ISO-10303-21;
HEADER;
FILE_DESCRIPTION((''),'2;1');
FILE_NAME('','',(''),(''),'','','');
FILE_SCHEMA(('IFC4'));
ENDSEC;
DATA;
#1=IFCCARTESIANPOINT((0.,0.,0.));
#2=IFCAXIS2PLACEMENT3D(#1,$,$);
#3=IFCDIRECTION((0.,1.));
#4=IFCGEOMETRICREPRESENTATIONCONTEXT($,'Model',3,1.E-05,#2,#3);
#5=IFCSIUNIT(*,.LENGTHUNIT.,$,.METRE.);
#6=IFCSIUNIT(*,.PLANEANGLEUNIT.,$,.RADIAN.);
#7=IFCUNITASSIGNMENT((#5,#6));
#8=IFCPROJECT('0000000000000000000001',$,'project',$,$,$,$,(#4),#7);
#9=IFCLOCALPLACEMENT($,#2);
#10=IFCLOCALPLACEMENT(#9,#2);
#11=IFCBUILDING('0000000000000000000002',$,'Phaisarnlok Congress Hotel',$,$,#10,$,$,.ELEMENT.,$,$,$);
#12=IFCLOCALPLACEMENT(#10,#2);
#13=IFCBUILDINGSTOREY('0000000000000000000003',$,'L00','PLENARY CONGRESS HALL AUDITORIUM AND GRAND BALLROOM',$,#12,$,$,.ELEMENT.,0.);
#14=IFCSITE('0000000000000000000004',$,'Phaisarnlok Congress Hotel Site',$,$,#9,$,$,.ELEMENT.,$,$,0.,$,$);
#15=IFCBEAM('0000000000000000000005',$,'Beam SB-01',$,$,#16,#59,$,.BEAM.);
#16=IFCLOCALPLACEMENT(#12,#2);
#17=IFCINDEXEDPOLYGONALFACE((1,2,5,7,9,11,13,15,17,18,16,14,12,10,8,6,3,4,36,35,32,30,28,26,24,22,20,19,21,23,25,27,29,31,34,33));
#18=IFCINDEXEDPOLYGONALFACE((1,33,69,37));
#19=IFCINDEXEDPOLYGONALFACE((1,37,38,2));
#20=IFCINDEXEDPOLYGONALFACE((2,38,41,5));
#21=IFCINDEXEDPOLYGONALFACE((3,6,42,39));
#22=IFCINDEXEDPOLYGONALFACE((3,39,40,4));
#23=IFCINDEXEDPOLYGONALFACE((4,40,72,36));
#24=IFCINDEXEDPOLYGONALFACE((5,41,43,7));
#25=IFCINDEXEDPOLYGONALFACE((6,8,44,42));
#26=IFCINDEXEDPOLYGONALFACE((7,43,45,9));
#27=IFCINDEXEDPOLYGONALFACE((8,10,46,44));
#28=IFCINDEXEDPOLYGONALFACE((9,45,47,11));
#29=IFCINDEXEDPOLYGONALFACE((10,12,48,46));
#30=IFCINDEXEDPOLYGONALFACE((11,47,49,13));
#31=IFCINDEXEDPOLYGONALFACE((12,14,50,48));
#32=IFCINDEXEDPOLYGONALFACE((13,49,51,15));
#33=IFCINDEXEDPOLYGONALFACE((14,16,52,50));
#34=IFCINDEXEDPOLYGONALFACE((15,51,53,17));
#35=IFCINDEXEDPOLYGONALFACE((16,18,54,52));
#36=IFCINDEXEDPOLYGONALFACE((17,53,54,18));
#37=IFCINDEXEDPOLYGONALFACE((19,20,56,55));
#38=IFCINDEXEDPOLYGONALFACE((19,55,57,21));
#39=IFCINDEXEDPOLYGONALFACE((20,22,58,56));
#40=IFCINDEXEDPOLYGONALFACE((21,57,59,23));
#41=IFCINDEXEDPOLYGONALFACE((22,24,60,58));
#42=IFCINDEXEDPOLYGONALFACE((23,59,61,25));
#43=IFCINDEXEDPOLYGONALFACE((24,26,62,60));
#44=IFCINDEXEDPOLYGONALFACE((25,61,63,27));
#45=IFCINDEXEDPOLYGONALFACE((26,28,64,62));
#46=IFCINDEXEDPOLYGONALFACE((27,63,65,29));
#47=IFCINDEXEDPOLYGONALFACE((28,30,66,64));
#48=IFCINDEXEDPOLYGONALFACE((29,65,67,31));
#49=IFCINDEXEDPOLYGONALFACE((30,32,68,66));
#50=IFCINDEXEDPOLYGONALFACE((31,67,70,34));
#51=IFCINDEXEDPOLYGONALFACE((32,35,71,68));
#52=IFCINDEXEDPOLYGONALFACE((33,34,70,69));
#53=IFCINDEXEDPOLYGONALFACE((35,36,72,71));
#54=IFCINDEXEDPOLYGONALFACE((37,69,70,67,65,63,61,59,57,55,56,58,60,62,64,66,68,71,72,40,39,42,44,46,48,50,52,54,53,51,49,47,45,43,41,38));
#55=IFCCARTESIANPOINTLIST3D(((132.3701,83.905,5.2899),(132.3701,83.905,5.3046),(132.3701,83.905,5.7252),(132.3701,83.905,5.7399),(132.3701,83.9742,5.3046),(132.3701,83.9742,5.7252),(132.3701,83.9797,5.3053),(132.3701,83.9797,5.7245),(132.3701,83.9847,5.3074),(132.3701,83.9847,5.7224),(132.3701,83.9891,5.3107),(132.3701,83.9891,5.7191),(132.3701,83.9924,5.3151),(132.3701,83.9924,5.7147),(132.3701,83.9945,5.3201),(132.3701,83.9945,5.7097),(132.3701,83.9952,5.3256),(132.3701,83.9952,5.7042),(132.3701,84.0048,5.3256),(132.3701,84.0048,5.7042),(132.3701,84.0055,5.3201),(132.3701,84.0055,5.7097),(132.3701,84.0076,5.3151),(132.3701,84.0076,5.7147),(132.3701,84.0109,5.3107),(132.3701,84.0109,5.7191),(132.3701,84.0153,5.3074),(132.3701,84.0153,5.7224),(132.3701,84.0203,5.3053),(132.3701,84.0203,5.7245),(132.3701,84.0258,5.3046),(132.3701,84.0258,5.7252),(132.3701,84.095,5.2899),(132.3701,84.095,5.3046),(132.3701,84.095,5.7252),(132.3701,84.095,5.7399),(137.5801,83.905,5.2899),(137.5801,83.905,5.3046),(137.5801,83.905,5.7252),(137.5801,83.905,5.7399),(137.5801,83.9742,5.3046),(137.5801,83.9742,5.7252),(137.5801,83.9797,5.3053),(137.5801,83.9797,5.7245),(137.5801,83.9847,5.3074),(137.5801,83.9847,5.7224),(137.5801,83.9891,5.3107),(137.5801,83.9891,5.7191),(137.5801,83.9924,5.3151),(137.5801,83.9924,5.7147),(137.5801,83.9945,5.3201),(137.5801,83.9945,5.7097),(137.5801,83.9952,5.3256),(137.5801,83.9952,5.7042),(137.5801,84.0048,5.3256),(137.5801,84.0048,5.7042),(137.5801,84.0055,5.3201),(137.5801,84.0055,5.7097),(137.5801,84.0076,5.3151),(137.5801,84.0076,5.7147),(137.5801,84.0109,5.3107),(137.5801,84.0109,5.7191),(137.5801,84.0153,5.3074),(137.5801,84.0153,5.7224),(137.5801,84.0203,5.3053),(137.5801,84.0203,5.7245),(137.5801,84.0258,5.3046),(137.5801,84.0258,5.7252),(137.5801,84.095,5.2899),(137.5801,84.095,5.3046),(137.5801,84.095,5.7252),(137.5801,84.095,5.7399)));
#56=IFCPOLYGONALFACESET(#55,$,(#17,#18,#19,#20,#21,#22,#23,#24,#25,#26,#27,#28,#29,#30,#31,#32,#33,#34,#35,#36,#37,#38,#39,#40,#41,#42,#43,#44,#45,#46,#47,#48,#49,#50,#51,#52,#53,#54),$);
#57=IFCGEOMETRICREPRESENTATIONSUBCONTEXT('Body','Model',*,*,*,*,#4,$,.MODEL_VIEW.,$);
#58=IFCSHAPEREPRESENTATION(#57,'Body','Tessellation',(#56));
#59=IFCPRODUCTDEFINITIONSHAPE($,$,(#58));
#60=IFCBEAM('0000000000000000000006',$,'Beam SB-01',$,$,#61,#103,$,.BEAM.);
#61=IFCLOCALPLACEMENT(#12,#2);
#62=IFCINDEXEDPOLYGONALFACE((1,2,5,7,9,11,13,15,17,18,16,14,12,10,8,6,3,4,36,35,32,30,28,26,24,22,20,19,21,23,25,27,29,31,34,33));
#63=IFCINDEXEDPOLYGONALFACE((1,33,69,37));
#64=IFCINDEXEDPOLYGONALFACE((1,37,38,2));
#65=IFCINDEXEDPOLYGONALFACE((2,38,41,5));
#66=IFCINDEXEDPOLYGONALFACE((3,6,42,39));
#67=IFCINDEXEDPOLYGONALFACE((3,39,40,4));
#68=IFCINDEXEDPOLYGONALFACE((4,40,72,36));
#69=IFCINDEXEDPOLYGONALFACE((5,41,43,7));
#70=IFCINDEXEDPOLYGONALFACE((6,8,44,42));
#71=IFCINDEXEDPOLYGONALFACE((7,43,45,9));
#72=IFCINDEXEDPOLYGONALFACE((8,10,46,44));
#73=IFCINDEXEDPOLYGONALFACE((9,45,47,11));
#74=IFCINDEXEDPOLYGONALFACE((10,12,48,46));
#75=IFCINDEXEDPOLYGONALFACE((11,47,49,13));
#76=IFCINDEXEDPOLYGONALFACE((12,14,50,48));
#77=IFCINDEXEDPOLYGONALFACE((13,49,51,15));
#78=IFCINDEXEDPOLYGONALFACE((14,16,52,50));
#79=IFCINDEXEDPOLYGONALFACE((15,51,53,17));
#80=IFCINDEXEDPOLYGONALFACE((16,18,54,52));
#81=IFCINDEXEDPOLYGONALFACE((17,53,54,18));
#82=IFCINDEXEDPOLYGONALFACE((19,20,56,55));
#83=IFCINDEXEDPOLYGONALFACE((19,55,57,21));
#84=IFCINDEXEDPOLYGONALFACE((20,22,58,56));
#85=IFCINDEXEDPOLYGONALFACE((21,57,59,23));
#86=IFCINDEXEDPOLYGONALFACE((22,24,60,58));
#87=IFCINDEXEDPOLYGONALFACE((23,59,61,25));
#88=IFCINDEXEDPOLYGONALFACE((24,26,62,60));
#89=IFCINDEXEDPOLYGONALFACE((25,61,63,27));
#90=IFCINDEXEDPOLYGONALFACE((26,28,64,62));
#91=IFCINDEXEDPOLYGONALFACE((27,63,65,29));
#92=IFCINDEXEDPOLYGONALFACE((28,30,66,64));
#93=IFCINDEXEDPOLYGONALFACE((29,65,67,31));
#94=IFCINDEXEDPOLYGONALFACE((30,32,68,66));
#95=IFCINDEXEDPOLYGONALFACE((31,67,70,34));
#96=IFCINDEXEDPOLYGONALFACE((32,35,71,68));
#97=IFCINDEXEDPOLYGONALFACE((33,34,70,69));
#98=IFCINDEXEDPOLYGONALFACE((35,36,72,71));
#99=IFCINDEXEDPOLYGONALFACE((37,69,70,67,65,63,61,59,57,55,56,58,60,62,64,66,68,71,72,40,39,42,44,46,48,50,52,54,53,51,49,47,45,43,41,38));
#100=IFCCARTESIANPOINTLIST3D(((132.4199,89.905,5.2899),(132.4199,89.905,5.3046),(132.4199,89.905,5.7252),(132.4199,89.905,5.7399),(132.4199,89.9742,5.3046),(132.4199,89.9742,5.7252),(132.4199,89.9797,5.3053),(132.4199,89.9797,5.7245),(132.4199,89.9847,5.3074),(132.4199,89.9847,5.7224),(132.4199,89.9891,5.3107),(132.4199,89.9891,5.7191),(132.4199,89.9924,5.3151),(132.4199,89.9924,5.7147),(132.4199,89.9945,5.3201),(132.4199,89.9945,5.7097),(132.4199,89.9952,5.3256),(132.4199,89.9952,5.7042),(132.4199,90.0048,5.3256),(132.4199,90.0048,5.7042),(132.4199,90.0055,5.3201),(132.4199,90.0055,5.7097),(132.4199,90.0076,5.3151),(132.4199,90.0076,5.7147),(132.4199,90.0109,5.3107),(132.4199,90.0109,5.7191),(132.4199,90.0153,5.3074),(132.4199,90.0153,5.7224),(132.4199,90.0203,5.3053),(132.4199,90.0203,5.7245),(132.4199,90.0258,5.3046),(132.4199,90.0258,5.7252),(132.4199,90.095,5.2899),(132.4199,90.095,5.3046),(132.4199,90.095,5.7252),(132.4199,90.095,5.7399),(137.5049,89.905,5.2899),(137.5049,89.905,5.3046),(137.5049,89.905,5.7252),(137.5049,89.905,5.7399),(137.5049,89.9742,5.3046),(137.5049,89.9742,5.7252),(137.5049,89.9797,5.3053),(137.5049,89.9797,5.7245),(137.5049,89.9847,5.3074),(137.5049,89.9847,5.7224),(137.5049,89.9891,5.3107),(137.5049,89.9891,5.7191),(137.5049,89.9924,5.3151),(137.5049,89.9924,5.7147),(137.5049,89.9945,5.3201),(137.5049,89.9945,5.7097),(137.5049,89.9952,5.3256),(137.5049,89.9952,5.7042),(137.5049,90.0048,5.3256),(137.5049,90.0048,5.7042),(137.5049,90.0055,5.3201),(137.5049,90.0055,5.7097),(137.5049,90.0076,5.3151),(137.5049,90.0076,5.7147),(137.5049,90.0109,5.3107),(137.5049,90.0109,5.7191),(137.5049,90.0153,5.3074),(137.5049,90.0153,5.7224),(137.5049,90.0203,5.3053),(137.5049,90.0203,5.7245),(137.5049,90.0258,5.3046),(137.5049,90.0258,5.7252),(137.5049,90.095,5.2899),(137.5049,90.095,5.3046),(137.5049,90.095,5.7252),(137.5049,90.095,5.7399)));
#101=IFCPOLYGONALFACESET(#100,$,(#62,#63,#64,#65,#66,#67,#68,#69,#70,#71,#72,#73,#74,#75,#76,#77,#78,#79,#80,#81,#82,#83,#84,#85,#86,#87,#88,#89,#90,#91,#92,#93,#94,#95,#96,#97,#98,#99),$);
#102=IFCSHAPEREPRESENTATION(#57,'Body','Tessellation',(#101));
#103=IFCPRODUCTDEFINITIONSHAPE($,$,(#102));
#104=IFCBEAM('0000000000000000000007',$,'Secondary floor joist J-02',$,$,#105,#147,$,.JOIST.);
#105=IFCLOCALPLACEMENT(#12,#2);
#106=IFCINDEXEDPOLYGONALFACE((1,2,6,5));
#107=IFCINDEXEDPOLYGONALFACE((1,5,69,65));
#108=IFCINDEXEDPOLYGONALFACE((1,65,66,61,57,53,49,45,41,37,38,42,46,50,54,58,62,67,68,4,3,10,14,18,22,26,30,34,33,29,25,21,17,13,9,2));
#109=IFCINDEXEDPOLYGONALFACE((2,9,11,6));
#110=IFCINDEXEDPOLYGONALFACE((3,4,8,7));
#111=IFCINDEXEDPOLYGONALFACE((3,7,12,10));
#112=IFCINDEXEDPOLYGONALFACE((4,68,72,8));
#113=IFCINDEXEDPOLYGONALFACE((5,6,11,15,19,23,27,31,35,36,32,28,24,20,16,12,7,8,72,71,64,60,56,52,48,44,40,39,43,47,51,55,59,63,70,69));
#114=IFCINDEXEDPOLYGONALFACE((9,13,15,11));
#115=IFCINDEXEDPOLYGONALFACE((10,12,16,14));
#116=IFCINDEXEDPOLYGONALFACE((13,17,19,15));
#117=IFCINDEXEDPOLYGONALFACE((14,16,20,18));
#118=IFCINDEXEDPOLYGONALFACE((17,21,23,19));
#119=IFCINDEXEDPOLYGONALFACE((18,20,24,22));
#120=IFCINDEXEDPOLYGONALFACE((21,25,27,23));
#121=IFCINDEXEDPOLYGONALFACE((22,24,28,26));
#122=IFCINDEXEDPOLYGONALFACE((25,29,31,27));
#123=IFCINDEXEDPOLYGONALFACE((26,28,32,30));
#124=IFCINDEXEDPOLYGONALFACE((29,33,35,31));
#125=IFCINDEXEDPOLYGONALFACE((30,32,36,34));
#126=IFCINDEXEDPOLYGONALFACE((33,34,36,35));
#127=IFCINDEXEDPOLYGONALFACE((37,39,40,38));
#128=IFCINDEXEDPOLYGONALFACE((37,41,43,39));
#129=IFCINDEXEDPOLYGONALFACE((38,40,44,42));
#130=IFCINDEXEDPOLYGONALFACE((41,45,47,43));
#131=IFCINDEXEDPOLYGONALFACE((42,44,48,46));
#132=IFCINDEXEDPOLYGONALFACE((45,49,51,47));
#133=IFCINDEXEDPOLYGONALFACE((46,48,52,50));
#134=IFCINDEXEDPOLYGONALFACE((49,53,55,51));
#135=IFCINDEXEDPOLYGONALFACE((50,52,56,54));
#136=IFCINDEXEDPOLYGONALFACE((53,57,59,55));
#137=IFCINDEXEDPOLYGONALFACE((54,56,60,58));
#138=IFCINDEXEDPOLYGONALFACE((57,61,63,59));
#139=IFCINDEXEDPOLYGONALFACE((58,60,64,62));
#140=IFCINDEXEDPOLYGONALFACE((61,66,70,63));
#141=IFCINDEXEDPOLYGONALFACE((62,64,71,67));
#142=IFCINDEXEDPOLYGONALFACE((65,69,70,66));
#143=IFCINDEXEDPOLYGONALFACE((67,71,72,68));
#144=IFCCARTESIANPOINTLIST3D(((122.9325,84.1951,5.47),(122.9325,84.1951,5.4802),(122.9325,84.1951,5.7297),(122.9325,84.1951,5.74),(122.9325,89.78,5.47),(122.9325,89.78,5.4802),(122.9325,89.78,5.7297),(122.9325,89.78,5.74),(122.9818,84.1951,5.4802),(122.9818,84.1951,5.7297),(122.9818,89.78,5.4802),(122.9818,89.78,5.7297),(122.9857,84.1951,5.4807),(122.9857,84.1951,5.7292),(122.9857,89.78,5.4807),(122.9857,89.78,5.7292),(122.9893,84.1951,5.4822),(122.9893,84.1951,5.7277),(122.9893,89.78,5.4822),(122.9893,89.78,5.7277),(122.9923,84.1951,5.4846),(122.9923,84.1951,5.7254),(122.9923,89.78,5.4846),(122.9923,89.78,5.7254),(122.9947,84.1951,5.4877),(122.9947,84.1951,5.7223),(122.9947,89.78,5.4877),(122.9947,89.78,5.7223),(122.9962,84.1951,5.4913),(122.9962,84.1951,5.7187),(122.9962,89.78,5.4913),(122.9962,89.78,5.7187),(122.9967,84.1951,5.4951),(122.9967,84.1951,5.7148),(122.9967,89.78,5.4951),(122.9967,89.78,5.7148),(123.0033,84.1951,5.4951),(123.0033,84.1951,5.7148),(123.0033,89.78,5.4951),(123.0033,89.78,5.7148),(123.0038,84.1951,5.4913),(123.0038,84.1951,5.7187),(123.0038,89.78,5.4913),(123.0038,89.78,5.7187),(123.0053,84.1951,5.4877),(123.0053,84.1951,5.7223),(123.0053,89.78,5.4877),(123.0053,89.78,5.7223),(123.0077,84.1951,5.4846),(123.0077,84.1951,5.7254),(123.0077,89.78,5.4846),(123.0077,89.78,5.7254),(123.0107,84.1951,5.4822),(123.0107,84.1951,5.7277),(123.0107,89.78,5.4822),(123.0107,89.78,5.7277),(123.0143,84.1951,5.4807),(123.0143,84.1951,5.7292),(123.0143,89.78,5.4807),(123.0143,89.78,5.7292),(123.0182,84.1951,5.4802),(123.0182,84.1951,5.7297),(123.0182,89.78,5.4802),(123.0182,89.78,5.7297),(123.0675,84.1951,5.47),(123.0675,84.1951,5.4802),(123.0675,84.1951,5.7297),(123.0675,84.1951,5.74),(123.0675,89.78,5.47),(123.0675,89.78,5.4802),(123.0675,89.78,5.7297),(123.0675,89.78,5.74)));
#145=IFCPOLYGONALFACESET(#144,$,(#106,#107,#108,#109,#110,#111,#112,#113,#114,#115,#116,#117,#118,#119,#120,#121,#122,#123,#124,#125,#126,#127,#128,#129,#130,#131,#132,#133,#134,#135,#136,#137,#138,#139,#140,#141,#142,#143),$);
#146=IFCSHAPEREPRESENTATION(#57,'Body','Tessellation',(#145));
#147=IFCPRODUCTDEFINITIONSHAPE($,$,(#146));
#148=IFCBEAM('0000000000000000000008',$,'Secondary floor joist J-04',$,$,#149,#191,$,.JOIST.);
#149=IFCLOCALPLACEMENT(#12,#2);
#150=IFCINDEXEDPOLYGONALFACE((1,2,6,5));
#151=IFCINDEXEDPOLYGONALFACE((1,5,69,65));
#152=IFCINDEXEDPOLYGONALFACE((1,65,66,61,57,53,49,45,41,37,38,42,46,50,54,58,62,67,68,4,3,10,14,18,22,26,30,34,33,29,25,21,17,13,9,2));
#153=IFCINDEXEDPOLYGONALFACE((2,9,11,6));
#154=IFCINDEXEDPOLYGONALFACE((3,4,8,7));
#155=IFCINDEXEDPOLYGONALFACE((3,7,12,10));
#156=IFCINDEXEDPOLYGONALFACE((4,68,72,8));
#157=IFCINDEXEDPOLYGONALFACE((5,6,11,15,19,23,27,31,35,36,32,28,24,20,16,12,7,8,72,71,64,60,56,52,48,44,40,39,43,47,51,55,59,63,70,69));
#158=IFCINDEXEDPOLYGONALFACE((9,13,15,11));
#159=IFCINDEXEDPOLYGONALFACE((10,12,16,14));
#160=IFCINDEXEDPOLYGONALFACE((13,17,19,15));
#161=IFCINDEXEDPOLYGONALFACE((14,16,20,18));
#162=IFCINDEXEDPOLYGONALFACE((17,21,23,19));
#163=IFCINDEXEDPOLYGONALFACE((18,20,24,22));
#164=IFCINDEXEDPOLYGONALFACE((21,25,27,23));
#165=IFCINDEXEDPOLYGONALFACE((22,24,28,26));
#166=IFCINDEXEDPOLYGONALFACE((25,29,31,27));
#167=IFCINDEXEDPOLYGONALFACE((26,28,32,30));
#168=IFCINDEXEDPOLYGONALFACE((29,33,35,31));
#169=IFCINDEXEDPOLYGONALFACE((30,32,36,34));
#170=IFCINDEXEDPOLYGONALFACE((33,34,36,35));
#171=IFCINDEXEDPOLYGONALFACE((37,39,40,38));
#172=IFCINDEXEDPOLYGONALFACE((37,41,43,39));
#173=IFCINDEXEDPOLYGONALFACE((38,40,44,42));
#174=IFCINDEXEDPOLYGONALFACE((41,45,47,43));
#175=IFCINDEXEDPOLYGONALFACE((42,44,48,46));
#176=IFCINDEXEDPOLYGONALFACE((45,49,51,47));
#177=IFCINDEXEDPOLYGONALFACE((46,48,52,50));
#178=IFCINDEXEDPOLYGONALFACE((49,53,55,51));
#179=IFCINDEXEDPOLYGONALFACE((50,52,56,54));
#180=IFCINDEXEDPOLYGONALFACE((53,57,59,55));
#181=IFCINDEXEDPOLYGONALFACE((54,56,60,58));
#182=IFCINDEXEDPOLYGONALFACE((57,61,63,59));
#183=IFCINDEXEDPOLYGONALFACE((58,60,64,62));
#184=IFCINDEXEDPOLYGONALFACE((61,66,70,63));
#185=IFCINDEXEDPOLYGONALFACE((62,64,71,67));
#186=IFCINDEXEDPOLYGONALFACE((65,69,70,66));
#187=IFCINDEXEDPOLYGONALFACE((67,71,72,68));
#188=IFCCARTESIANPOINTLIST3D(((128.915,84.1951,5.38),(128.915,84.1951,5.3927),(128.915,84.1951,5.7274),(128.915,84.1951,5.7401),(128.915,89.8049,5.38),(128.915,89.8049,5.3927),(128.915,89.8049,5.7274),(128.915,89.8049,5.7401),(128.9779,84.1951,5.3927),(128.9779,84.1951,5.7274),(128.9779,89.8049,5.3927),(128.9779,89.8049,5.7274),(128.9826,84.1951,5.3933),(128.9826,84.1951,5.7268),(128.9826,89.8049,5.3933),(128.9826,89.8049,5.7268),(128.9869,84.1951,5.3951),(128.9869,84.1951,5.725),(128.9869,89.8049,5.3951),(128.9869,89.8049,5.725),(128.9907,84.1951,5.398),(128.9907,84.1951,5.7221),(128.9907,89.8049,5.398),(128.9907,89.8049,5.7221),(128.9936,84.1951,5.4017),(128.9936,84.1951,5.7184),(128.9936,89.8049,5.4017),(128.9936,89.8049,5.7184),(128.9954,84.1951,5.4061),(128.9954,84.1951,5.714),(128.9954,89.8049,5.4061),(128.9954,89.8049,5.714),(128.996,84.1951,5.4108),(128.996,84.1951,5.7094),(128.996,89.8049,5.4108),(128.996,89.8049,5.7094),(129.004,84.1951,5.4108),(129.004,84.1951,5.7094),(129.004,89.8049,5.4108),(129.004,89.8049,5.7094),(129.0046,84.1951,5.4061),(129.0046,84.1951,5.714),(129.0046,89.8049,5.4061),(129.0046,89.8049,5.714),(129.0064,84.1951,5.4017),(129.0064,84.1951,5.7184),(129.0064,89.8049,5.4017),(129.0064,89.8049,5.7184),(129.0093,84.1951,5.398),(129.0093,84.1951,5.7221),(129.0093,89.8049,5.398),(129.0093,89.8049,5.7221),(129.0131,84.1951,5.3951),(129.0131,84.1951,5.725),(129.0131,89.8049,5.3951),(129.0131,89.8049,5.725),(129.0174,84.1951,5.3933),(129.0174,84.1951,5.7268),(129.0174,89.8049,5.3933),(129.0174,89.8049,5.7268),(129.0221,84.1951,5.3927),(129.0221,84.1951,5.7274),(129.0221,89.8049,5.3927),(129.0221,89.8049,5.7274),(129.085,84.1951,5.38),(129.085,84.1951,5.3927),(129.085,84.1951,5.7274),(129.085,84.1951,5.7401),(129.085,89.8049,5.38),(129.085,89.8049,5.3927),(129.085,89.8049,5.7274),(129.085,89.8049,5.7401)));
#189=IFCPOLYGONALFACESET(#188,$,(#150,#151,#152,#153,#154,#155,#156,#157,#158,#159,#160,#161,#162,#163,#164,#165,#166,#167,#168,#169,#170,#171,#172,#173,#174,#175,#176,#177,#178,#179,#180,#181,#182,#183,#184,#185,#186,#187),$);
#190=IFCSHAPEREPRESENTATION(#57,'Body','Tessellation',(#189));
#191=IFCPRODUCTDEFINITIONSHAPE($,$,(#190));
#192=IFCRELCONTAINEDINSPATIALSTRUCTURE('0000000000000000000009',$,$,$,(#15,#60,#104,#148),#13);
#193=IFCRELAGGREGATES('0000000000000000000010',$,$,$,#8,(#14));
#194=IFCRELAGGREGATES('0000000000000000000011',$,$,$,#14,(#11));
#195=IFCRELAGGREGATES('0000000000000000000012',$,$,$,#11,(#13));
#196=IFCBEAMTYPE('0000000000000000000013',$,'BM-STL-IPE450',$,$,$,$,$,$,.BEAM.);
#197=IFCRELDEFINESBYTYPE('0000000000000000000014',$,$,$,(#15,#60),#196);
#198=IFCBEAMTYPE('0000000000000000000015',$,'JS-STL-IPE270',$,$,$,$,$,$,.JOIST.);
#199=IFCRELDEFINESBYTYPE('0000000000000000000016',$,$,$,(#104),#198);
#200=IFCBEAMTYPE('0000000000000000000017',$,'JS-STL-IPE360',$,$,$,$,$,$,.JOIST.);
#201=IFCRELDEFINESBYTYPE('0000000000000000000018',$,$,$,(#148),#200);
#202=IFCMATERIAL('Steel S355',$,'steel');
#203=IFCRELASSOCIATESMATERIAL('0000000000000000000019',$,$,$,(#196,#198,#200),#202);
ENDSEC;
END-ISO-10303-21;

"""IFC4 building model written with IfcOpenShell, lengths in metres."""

from ifc_helpers import new_model, si_unit, direction, frame, origin, origin_2d, place, context, subcontext, project, spatial, i_section, extrude, material, material_profile, profile_set, type_object, element, save


model = new_model("IFC4")

# Units and contexts
model_context = context("Model", 3, precision=1e-05, world=origin(), true_north=direction((0.0, 1.0)))
body_context = subcontext(model_context, "Body", "Model", "MODEL_VIEW")
ifc_project = project(units=[si_unit("LENGTHUNIT", "METRE"), si_unit("PLANEANGLEUNIT", "RADIAN")], contexts=[model_context])

# Site, building, storey
site_placement = place(None, origin())
site = spatial("IfcSite", under=ifc_project, at=site_placement, Name="Phaisarnlok Congress Hotel Site", CompositionType="ELEMENT", RefElevation=0.0)
building_placement = place(site_placement, origin())
building = spatial("IfcBuilding", under=site, at=building_placement, Name="Phaisarnlok Congress Hotel", CompositionType="ELEMENT")
storey_placement = place(building_placement, origin())
storey = spatial("IfcBuildingStorey", under=building, at=storey_placement, Name="L00", Description="PLENARY CONGRESS HALL AUDITORIUM AND GRAND BALLROOM", CompositionType="ELEMENT", Elevation=0.0)

# Shared definitions
ifc_material_1 = material(Name="Steel S355", Category="steel")

# Beams
ifc_material_profile_1 = material_profile(ifc_material_1, i_section(OverallWidth=0.1899, OverallDepth=0.45, WebThickness=0.0095, FlangeThickness=0.0146, FilletRadius=0.021, at=origin_2d()), Name="IPE 450")
ifc_profile_set_1 = profile_set([ifc_material_profile_1], Name="Steel S355")
beam_type_1 = type_object("IfcBeamType", Name="BM-STL-IPE450", PredefinedType="BEAM", material=ifc_profile_set_1)
beam_1_placement = place(storey_placement, frame((132.3701, 84.0, 5.5149), z_axis=(1.0, 0.0, 0.0), x_axis=(0.0, 1.0, 0.0)))
element("IfcBeam", 1, at=beam_1_placement, inside=storey, type_object=beam_type_1, Name="Beam SB-01", PredefinedType="BEAM", context=body_context, shape_type="SweptSolid", body=[
    extrude(i_section(OverallWidth=0.1899, OverallDepth=0.45, WebThickness=0.0095, FlangeThickness=0.0146, FilletRadius=0.021, at=origin_2d()), origin(), (0.0, 0.0, 1.0), 5.21),
])
beam_2_placement = place(storey_placement, frame((132.4199, 90.0, 5.5149), z_axis=(1.0, 0.0, 0.0), x_axis=(0.0, 1.0, 0.0)))
element("IfcBeam", 2, at=beam_2_placement, inside=storey, type_object=beam_type_1, Name="Beam SB-01", PredefinedType="BEAM", context=body_context, shape_type="SweptSolid", body=[
    extrude(i_section(OverallWidth=0.1899, OverallDepth=0.45, WebThickness=0.0095, FlangeThickness=0.0146, FilletRadius=0.021, at=origin_2d()), origin(), (0.0, 0.0, 1.0), 5.085),
])
ifc_material_profile_2 = material_profile(ifc_material_1, i_section(OverallWidth=0.135, OverallDepth=0.27, WebThickness=0.0066, FlangeThickness=0.0103, FilletRadius=0.0149, at=origin_2d()), Name="IPE 270")
ifc_profile_set_2 = profile_set([ifc_material_profile_2], Name="Steel S355")
beam_type_2 = type_object("IfcBeamType", Name="JS-STL-IPE270", PredefinedType="JOIST", material=ifc_profile_set_2)
beam_3_placement = place(storey_placement, frame((123.0, 84.1951, 5.605), z_axis=(0.0, 1.0, 0.0), x_axis=(-1.0, 0.0, 0.0)))
element("IfcBeam", 3, at=beam_3_placement, inside=storey, type_object=beam_type_2, Name="Secondary floor joist J-02", PredefinedType="JOIST", context=body_context, shape_type="SweptSolid", body=[
    extrude(i_section(OverallWidth=0.135, OverallDepth=0.27, WebThickness=0.0066, FlangeThickness=0.0103, FilletRadius=0.0149, at=origin_2d()), origin(), (0.0, 0.0, 1.0), 5.585),
])
ifc_material_profile_3 = material_profile(ifc_material_1, i_section(OverallWidth=0.1699, OverallDepth=0.3601, WebThickness=0.0081, FlangeThickness=0.0127, FilletRadius=0.0181, at=origin_2d()), Name="IPE 360")
ifc_profile_set_3 = profile_set([ifc_material_profile_3], Name="Steel S355")
beam_type_3 = type_object("IfcBeamType", Name="JS-STL-IPE360", PredefinedType="JOIST", material=ifc_profile_set_3)
beam_4_placement = place(storey_placement, frame((129.0, 84.1951, 5.5601), z_axis=(0.0, 1.0, 0.0), x_axis=(-1.0, 0.0, 0.0)))
element("IfcBeam", 4, at=beam_4_placement, inside=storey, type_object=beam_type_3, Name="Secondary floor joist J-04", PredefinedType="JOIST", context=body_context, shape_type="SweptSolid", body=[
    extrude(i_section(OverallWidth=0.1699, OverallDepth=0.3601, WebThickness=0.0081, FlangeThickness=0.0127, FilletRadius=0.0181, at=origin_2d()), origin(), (0.0, 0.0, 1.0), 5.6099),
])

save(model, "model.ifc")
